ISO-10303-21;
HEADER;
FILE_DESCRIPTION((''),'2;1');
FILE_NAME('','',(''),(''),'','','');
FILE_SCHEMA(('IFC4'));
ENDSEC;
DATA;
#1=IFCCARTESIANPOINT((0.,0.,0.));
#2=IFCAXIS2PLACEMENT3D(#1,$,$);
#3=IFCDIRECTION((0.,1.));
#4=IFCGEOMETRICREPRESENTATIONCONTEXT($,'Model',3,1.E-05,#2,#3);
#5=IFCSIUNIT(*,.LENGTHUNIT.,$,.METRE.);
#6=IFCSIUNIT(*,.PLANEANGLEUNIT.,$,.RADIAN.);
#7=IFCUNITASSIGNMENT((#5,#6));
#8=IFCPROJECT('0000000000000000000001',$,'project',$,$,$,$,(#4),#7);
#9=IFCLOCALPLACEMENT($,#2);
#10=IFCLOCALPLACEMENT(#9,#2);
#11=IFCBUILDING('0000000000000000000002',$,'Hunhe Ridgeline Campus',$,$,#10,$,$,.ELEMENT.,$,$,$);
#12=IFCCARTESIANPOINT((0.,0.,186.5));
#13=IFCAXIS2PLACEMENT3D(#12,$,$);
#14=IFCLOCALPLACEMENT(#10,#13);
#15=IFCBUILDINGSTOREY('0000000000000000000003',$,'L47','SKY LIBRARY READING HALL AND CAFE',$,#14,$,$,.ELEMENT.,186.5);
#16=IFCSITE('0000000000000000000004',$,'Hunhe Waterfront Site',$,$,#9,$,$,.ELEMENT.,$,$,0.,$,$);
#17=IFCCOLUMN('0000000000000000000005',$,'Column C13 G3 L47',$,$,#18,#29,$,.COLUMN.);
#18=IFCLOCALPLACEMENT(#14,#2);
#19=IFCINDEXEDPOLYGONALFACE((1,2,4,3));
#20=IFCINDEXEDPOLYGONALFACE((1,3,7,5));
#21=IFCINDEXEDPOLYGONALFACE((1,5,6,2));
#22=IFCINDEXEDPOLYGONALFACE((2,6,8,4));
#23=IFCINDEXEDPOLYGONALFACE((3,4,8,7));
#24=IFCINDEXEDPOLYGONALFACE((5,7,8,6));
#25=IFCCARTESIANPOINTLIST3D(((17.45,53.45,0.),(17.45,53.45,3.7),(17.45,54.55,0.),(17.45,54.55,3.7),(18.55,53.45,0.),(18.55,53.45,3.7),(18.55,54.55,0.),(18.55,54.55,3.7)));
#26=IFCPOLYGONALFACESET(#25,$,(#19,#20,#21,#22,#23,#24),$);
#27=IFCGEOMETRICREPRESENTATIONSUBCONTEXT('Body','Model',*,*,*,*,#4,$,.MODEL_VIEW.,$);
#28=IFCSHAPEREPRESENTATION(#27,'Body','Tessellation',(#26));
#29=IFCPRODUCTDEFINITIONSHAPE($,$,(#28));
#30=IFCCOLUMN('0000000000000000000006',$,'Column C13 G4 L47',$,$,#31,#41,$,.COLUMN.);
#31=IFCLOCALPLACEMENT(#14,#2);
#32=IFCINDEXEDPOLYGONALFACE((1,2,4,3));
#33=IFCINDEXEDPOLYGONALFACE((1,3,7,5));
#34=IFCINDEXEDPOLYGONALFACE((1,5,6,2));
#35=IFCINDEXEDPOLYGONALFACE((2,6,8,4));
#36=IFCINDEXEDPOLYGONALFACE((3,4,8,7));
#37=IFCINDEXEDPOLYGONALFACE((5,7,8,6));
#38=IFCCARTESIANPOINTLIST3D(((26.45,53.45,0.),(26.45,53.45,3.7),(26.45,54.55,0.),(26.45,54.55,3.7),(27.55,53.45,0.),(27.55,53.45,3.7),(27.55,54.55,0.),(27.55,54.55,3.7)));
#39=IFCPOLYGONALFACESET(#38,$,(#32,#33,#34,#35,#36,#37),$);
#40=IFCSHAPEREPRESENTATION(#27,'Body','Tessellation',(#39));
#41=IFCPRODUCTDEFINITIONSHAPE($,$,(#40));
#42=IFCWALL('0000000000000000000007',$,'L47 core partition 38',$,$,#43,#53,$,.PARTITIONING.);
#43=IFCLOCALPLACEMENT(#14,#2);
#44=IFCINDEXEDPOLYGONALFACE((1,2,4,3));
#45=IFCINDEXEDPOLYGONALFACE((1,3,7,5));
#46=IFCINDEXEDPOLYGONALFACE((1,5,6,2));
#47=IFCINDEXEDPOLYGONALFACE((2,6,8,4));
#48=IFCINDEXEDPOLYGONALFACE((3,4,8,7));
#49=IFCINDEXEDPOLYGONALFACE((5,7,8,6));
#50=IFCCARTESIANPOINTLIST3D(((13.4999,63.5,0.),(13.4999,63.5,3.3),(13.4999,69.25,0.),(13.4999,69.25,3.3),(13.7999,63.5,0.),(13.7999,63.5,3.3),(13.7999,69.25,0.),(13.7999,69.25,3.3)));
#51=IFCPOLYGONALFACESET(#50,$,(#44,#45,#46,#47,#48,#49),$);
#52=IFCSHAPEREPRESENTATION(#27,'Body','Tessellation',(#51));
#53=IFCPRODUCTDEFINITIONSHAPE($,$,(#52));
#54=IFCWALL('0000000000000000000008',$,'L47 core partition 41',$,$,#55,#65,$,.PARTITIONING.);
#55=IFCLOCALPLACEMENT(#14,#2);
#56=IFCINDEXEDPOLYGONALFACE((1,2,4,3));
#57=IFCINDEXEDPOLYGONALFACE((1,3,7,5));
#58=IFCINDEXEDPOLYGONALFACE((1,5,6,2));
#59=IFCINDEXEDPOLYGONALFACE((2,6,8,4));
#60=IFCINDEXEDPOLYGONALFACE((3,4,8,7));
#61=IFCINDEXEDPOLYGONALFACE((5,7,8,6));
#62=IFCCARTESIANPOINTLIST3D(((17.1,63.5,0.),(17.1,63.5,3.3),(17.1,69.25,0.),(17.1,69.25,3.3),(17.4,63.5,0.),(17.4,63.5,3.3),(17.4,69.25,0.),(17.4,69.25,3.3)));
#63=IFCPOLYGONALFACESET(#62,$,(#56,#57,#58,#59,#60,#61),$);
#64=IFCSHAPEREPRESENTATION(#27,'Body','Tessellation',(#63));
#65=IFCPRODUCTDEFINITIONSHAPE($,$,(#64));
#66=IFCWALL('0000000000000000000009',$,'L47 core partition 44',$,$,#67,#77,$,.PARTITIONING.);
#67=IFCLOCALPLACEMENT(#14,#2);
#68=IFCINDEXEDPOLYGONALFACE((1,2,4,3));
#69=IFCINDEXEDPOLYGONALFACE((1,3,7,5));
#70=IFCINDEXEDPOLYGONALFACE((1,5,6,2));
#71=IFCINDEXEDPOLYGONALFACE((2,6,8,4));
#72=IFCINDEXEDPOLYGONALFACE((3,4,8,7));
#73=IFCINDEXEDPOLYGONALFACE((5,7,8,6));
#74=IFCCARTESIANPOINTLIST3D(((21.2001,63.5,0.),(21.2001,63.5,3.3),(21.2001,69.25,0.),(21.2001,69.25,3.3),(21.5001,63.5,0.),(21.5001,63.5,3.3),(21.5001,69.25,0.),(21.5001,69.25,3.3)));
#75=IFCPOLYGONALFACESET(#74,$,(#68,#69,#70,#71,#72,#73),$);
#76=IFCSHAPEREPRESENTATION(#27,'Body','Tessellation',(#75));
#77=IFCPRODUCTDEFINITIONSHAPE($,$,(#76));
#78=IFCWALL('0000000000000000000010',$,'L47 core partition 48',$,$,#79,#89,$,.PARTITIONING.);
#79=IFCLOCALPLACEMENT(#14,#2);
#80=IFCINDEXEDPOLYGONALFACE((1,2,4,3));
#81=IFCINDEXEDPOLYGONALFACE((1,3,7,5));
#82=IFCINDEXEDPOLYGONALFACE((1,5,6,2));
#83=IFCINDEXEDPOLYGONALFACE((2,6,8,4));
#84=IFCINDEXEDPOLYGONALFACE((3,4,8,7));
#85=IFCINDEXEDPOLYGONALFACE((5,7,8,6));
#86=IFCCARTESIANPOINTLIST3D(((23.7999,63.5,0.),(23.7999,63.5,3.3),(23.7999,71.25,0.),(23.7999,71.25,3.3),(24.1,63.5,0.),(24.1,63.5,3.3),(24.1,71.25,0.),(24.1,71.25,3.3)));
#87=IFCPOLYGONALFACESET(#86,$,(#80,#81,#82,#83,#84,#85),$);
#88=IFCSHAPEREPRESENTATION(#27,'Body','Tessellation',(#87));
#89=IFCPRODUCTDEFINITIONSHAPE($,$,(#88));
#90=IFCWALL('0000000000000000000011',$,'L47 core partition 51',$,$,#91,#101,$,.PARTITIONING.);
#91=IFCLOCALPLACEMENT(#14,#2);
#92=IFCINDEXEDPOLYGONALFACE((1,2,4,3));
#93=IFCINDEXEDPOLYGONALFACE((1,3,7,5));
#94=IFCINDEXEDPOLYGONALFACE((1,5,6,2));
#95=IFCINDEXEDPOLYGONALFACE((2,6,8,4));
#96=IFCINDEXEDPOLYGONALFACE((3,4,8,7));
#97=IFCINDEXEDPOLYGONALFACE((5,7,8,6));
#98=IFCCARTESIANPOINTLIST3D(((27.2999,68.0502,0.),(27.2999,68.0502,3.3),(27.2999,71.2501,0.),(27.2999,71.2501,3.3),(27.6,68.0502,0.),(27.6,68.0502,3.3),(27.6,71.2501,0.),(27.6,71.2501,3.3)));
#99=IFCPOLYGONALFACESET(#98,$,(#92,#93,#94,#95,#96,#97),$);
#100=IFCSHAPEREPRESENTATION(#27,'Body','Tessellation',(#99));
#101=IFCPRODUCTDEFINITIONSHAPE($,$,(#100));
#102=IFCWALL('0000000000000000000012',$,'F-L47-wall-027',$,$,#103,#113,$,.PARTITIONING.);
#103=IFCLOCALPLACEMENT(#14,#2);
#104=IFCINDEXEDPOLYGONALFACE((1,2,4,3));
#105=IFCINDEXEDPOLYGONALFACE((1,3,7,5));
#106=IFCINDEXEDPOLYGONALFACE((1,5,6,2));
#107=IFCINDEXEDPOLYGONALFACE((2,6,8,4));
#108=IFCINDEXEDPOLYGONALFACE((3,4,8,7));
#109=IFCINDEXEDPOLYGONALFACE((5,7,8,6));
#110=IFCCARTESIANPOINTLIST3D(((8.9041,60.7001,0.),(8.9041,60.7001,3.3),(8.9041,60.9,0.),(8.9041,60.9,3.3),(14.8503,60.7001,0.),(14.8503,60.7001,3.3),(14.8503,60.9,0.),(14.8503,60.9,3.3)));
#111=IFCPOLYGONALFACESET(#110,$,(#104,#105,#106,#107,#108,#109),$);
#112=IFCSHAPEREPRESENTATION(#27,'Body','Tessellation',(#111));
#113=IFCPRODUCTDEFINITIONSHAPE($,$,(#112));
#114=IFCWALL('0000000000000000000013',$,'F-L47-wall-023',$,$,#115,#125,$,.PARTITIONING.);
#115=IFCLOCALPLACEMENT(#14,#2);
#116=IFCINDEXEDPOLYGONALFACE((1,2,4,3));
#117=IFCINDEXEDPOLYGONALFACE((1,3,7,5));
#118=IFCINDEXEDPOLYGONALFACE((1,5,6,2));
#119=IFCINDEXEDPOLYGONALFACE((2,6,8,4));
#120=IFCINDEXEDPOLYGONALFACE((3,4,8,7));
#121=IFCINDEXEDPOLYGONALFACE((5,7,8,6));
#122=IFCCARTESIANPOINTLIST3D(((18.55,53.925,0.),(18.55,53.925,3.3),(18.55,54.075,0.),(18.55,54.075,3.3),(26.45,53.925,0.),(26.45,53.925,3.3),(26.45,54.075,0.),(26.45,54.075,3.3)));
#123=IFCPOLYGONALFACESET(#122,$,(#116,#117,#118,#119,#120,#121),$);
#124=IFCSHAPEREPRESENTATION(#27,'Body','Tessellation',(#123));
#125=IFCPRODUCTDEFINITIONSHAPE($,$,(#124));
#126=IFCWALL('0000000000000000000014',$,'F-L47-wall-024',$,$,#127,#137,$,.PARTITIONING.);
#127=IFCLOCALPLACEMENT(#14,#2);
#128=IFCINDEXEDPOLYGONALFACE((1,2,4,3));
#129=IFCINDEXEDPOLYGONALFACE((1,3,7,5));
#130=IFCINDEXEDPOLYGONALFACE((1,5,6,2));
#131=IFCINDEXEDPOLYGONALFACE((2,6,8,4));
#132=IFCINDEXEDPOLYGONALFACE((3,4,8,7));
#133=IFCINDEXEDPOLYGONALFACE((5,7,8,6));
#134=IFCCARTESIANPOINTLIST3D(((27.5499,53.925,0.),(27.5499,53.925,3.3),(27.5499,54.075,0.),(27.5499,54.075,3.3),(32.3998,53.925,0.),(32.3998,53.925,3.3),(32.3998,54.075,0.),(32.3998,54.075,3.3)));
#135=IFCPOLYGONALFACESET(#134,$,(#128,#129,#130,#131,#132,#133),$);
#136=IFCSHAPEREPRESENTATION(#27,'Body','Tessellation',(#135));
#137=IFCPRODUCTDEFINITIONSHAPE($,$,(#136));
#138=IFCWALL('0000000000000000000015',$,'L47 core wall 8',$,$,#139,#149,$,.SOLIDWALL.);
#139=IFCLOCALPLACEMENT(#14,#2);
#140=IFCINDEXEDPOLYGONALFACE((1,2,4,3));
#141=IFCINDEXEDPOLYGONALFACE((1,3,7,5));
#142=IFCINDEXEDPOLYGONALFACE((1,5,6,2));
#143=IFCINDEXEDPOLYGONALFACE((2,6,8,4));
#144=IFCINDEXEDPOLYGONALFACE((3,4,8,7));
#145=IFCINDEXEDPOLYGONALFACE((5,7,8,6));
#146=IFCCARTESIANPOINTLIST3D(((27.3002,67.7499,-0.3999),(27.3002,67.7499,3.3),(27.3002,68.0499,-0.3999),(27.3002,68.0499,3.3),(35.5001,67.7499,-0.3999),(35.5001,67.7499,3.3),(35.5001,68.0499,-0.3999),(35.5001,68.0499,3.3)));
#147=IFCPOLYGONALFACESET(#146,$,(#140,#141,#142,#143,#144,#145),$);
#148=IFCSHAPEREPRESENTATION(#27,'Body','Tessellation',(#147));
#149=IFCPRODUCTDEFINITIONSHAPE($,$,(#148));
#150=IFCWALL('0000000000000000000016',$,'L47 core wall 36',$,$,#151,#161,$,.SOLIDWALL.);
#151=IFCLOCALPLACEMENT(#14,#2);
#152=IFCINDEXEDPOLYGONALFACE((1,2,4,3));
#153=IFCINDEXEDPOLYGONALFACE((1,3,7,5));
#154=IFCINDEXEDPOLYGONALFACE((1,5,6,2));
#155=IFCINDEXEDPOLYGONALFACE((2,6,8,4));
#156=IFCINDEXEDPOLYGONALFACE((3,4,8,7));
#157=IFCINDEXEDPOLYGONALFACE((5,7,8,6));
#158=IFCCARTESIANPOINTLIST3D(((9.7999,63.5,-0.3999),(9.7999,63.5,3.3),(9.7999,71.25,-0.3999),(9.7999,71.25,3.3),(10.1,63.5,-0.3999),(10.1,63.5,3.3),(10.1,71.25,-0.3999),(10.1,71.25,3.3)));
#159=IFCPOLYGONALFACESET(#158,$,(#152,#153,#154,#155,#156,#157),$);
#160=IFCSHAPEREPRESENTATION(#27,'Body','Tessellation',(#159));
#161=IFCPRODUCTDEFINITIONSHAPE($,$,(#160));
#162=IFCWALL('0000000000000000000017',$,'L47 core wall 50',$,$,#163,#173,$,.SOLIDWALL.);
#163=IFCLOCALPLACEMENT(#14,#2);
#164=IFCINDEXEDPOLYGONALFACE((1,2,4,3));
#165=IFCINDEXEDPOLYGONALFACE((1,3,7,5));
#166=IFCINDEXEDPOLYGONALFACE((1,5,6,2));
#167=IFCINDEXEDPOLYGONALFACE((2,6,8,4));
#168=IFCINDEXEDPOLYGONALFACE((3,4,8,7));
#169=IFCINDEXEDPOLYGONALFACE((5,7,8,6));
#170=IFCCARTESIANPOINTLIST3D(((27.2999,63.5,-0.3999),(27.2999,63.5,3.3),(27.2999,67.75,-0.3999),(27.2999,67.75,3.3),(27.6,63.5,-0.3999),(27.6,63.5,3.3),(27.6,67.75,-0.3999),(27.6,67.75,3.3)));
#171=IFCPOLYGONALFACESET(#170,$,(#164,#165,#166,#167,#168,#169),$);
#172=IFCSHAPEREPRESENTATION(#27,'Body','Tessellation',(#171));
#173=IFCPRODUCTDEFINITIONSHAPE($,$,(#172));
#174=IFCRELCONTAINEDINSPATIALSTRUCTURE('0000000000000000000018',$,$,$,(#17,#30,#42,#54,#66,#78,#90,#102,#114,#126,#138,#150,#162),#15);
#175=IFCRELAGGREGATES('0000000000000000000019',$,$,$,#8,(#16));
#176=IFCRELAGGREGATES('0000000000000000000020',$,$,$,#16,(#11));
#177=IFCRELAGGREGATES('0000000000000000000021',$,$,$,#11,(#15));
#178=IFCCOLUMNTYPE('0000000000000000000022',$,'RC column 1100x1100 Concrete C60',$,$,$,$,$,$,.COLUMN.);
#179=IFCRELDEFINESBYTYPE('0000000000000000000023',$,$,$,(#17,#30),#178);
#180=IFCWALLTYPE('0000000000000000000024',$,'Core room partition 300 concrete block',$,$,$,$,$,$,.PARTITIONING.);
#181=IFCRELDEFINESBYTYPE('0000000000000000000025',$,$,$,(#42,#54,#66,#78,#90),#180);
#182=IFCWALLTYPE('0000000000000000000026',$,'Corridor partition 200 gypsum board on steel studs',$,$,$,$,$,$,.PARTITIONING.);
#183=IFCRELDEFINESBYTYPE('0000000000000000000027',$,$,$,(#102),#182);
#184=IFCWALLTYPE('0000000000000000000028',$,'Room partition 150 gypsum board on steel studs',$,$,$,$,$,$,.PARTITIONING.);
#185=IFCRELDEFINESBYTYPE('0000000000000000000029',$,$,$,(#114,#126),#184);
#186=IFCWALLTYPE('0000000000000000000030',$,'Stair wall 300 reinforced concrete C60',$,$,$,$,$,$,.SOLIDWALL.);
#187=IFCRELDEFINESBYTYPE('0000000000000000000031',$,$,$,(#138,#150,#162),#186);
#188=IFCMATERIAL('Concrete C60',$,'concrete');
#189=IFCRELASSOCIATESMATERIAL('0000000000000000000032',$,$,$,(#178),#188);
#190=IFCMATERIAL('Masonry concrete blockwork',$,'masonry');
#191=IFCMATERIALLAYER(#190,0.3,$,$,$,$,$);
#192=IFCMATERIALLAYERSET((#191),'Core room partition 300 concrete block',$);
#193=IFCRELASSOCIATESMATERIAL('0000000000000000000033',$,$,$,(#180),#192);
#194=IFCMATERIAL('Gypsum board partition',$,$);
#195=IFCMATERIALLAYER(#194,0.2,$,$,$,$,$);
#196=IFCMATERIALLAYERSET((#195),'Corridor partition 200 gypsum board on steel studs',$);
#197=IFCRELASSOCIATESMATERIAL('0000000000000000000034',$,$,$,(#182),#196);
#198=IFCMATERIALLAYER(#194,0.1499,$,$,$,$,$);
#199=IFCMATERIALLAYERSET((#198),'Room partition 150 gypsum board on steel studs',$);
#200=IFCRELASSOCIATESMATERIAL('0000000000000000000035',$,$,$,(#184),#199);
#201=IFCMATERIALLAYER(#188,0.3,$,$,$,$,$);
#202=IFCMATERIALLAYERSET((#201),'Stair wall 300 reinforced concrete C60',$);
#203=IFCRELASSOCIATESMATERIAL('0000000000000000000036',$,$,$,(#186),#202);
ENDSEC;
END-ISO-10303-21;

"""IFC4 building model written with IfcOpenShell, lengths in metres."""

from ifc_helpers import new_model, si_unit, direction, frame, frame_2d, origin, origin_2d, place, context, subcontext, project, spatial, rectangle, extrude, material, layer, layer_set, material_profile, profile_set, type_object, element, save


model = new_model("IFC4")

# Units and contexts
model_context = context("Model", 3, precision=1e-05, world=origin(), true_north=direction((0.0, 1.0)))
body_context = subcontext(model_context, "Body", "Model", "MODEL_VIEW")
ifc_project = project(units=[si_unit("LENGTHUNIT", "METRE"), si_unit("PLANEANGLEUNIT", "RADIAN")], contexts=[model_context])

# Site, building, storey
site_placement = place(None, origin())
site = spatial("IfcSite", under=ifc_project, at=site_placement, Name="Hunhe Waterfront Site", CompositionType="ELEMENT", RefElevation=0.0)
building_placement = place(site_placement, origin())
building = spatial("IfcBuilding", under=site, at=building_placement, Name="Hunhe Ridgeline Campus", CompositionType="ELEMENT")
storey_placement = place(building_placement, frame((0.0, 0.0, 186.5)))
storey = spatial("IfcBuildingStorey", under=building, at=storey_placement, Name="L47", Description="SKY LIBRARY READING HALL AND CAFE", CompositionType="ELEMENT", Elevation=186.5)

# Columns
ifc_material_1 = material(Name="Concrete C60", Category="concrete")
ifc_material_profile = material_profile(ifc_material_1, rectangle(XDim=1.1001, YDim=1.1001, at=origin_2d()))
ifc_profile_set = profile_set([ifc_material_profile], Name="Concrete C60")
column_type = type_object("IfcColumnType", Name="RC column 1100x1100 Concrete C60", PredefinedType="COLUMN", material=ifc_profile_set)
for number, where, z_axis, x_axis, name in (
    (1, (18.0, 54.0, 0.0), (0.0, 0.0, 1.0), (1.0, 0.0, 0.0), "Column C13 G3 L47"),
    (2, (27.0, 54.0, 0.0), (0.0, 0.0, 1.0), (1.0, 0.0, 0.0), "Column C13 G4 L47"),
):
    element("IfcColumn", number, at=place(storey_placement, frame(where, z_axis=z_axis, x_axis=x_axis)), inside=storey, type_object=column_type, Name=name, PredefinedType="COLUMN", context=body_context, shape_type="SweptSolid", body=[
        extrude(rectangle(XDim=1.1001, YDim=1.1001, at=origin_2d()), origin(), (0.0, 0.0, 1.0), 3.7),
    ])

# Walls
ifc_material_2 = material(Name="Masonry concrete blockwork", Category="masonry")
ifc_layer_1 = layer(ifc_material_2, 0.3)
ifc_layer_set_1 = layer_set([ifc_layer_1], Name="Core room partition 300 concrete block")
wall_type_1 = type_object("IfcWallType", Name="Core room partition 300 concrete block", PredefinedType="PARTITIONING", material=ifc_layer_set_1)
for number, where, z_axis, x_axis, name in (
    (3, (13.6499, 63.5, 0.0), (0.0, 0.0, 1.0), (0.0, 1.0, 0.0), "L47 core partition 38"),
    (4, (17.25, 63.5, 0.0), (0.0, 0.0, 1.0), (0.0, 1.0, 0.0), "L47 core partition 41"),
    (5, (21.3501, 63.5, 0.0), (0.0, 0.0, 1.0), (0.0, 1.0, 0.0), "L47 core partition 44"),
):
    element("IfcWall", number, at=place(storey_placement, frame(where, z_axis=z_axis, x_axis=x_axis)), inside=storey, type_object=wall_type_1, Name=name, PredefinedType="PARTITIONING", context=body_context, shape_type="SweptSolid", body=[
        extrude(rectangle(XDim=5.75, YDim=0.3, at=frame_2d((2.875, 0.0))), origin(), (0.0, 0.0, 1.0), 3.3),
    ])
wall_1_placement = place(storey_placement, frame((23.95, 63.5, 0.0), z_axis=(0.0, 0.0, 1.0), x_axis=(0.0, 1.0, 0.0)))
element("IfcWall", 6, at=wall_1_placement, inside=storey, type_object=wall_type_1, Name="L47 core partition 48", PredefinedType="PARTITIONING", context=body_context, shape_type="SweptSolid", body=[
    extrude(rectangle(XDim=7.75, YDim=0.3, at=frame_2d((3.875, 0.0))), origin(), (0.0, 0.0, 1.0), 3.3),
])
wall_2_placement = place(storey_placement, frame((27.45, 68.05, 0.0), z_axis=(0.0, 0.0, 1.0), x_axis=(0.0, 1.0, 0.0)))
element("IfcWall", 7, at=wall_2_placement, inside=storey, type_object=wall_type_1, Name="L47 core partition 51", PredefinedType="PARTITIONING", context=body_context, shape_type="SweptSolid", body=[
    extrude(rectangle(XDim=3.2, YDim=0.3, at=frame_2d((1.6001, 0.0))), origin(), (0.0, 0.0, 1.0), 3.3),
])
ifc_material_3 = material(Name="Gypsum board partition")
ifc_layer_2 = layer(ifc_material_3, 0.2)
ifc_layer_set_2 = layer_set([ifc_layer_2], Name="Corridor partition 200 gypsum board on steel studs")
wall_type_2 = type_object("IfcWallType", Name="Corridor partition 200 gypsum board on steel studs", PredefinedType="PARTITIONING", material=ifc_layer_set_2)
wall_3_placement = place(storey_placement, frame((14.8503, 60.8, 0.0), z_axis=(0.0, 0.0, 1.0), x_axis=(-1.0, 0.0, 0.0)))
element("IfcWall", 8, at=wall_3_placement, inside=storey, type_object=wall_type_2, Name="F-L47-wall-027", PredefinedType="PARTITIONING", context=body_context, shape_type="SweptSolid", body=[
    extrude(rectangle(XDim=5.9463, YDim=0.2, at=frame_2d((2.9731, 0.0))), origin(), (0.0, 0.0, 1.0), 3.3),
])

# Walls
ifc_layer_3 = layer(ifc_material_3, 0.1499)
ifc_layer_set_3 = layer_set([ifc_layer_3], Name="Room partition 150 gypsum board on steel studs")
wall_type_3 = type_object("IfcWallType", Name="Room partition 150 gypsum board on steel studs", PredefinedType="PARTITIONING", material=ifc_layer_set_3)
wall_4_placement = place(storey_placement, frame((18.55, 54.0, 0.0), z_axis=(0.0, 0.0, 1.0), x_axis=(1.0, 0.0, 0.0)))
element("IfcWall", 9, at=wall_4_placement, inside=storey, type_object=wall_type_3, Name="F-L47-wall-023", PredefinedType="PARTITIONING", context=body_context, shape_type="SweptSolid", body=[
    extrude(rectangle(XDim=7.8999, YDim=0.1499, at=frame_2d((3.95, 0.0))), origin(), (0.0, 0.0, 1.0), 3.3),
])
wall_5_placement = place(storey_placement, frame((27.55, 54.0, 0.0), z_axis=(0.0, 0.0, 1.0), x_axis=(1.0, 0.0, 0.0)))
element("IfcWall", 10, at=wall_5_placement, inside=storey, type_object=wall_type_3, Name="F-L47-wall-024", PredefinedType="PARTITIONING", context=body_context, shape_type="SweptSolid", body=[
    extrude(rectangle(XDim=4.8499, YDim=0.1499, at=frame_2d((2.4248, 0.0))), origin(), (0.0, 0.0, 1.0), 3.3),
])
ifc_layer_4 = layer(ifc_material_1, 0.3)
ifc_layer_set_4 = layer_set([ifc_layer_4], Name="Stair wall 300 reinforced concrete C60")
wall_type_4 = type_object("IfcWallType", Name="Stair wall 300 reinforced concrete C60", PredefinedType="SOLIDWALL", material=ifc_layer_set_4)
wall_6_placement = place(storey_placement, frame((27.3, 67.8999, -0.3999), z_axis=(0.0, 0.0, 1.0), x_axis=(1.0, 0.0, 0.0)))
element("IfcWall", 11, at=wall_6_placement, inside=storey, type_object=wall_type_4, Name="L47 core wall 8", PredefinedType="SOLIDWALL", context=body_context, shape_type="SweptSolid", body=[
    extrude(rectangle(XDim=8.2, YDim=0.3, at=frame_2d((4.1001, 0.0))), origin(), (0.0, 0.0, 1.0), 3.7),
])
wall_7_placement = place(storey_placement, frame((9.95, 63.5, -0.3999), z_axis=(0.0, 0.0, 1.0), x_axis=(0.0, 1.0, 0.0)))
element("IfcWall", 12, at=wall_7_placement, inside=storey, type_object=wall_type_4, Name="L47 core wall 36", PredefinedType="SOLIDWALL", context=body_context, shape_type="SweptSolid", body=[
    extrude(rectangle(XDim=7.75, YDim=0.3, at=frame_2d((3.875, 0.0))), origin(), (0.0, 0.0, 1.0), 3.7),
])
wall_8_placement = place(storey_placement, frame((27.45, 63.5, -0.3999), z_axis=(0.0, 0.0, 1.0), x_axis=(0.0, 1.0, 0.0)))
element("IfcWall", 13, at=wall_8_placement, inside=storey, type_object=wall_type_4, Name="L47 core wall 50", PredefinedType="SOLIDWALL", context=body_context, shape_type="SweptSolid", body=[
    extrude(rectangle(XDim=4.25, YDim=0.3, at=frame_2d((2.125, 0.0))), origin(), (0.0, 0.0, 1.0), 3.7),
])

save(model, "model.ifc")
